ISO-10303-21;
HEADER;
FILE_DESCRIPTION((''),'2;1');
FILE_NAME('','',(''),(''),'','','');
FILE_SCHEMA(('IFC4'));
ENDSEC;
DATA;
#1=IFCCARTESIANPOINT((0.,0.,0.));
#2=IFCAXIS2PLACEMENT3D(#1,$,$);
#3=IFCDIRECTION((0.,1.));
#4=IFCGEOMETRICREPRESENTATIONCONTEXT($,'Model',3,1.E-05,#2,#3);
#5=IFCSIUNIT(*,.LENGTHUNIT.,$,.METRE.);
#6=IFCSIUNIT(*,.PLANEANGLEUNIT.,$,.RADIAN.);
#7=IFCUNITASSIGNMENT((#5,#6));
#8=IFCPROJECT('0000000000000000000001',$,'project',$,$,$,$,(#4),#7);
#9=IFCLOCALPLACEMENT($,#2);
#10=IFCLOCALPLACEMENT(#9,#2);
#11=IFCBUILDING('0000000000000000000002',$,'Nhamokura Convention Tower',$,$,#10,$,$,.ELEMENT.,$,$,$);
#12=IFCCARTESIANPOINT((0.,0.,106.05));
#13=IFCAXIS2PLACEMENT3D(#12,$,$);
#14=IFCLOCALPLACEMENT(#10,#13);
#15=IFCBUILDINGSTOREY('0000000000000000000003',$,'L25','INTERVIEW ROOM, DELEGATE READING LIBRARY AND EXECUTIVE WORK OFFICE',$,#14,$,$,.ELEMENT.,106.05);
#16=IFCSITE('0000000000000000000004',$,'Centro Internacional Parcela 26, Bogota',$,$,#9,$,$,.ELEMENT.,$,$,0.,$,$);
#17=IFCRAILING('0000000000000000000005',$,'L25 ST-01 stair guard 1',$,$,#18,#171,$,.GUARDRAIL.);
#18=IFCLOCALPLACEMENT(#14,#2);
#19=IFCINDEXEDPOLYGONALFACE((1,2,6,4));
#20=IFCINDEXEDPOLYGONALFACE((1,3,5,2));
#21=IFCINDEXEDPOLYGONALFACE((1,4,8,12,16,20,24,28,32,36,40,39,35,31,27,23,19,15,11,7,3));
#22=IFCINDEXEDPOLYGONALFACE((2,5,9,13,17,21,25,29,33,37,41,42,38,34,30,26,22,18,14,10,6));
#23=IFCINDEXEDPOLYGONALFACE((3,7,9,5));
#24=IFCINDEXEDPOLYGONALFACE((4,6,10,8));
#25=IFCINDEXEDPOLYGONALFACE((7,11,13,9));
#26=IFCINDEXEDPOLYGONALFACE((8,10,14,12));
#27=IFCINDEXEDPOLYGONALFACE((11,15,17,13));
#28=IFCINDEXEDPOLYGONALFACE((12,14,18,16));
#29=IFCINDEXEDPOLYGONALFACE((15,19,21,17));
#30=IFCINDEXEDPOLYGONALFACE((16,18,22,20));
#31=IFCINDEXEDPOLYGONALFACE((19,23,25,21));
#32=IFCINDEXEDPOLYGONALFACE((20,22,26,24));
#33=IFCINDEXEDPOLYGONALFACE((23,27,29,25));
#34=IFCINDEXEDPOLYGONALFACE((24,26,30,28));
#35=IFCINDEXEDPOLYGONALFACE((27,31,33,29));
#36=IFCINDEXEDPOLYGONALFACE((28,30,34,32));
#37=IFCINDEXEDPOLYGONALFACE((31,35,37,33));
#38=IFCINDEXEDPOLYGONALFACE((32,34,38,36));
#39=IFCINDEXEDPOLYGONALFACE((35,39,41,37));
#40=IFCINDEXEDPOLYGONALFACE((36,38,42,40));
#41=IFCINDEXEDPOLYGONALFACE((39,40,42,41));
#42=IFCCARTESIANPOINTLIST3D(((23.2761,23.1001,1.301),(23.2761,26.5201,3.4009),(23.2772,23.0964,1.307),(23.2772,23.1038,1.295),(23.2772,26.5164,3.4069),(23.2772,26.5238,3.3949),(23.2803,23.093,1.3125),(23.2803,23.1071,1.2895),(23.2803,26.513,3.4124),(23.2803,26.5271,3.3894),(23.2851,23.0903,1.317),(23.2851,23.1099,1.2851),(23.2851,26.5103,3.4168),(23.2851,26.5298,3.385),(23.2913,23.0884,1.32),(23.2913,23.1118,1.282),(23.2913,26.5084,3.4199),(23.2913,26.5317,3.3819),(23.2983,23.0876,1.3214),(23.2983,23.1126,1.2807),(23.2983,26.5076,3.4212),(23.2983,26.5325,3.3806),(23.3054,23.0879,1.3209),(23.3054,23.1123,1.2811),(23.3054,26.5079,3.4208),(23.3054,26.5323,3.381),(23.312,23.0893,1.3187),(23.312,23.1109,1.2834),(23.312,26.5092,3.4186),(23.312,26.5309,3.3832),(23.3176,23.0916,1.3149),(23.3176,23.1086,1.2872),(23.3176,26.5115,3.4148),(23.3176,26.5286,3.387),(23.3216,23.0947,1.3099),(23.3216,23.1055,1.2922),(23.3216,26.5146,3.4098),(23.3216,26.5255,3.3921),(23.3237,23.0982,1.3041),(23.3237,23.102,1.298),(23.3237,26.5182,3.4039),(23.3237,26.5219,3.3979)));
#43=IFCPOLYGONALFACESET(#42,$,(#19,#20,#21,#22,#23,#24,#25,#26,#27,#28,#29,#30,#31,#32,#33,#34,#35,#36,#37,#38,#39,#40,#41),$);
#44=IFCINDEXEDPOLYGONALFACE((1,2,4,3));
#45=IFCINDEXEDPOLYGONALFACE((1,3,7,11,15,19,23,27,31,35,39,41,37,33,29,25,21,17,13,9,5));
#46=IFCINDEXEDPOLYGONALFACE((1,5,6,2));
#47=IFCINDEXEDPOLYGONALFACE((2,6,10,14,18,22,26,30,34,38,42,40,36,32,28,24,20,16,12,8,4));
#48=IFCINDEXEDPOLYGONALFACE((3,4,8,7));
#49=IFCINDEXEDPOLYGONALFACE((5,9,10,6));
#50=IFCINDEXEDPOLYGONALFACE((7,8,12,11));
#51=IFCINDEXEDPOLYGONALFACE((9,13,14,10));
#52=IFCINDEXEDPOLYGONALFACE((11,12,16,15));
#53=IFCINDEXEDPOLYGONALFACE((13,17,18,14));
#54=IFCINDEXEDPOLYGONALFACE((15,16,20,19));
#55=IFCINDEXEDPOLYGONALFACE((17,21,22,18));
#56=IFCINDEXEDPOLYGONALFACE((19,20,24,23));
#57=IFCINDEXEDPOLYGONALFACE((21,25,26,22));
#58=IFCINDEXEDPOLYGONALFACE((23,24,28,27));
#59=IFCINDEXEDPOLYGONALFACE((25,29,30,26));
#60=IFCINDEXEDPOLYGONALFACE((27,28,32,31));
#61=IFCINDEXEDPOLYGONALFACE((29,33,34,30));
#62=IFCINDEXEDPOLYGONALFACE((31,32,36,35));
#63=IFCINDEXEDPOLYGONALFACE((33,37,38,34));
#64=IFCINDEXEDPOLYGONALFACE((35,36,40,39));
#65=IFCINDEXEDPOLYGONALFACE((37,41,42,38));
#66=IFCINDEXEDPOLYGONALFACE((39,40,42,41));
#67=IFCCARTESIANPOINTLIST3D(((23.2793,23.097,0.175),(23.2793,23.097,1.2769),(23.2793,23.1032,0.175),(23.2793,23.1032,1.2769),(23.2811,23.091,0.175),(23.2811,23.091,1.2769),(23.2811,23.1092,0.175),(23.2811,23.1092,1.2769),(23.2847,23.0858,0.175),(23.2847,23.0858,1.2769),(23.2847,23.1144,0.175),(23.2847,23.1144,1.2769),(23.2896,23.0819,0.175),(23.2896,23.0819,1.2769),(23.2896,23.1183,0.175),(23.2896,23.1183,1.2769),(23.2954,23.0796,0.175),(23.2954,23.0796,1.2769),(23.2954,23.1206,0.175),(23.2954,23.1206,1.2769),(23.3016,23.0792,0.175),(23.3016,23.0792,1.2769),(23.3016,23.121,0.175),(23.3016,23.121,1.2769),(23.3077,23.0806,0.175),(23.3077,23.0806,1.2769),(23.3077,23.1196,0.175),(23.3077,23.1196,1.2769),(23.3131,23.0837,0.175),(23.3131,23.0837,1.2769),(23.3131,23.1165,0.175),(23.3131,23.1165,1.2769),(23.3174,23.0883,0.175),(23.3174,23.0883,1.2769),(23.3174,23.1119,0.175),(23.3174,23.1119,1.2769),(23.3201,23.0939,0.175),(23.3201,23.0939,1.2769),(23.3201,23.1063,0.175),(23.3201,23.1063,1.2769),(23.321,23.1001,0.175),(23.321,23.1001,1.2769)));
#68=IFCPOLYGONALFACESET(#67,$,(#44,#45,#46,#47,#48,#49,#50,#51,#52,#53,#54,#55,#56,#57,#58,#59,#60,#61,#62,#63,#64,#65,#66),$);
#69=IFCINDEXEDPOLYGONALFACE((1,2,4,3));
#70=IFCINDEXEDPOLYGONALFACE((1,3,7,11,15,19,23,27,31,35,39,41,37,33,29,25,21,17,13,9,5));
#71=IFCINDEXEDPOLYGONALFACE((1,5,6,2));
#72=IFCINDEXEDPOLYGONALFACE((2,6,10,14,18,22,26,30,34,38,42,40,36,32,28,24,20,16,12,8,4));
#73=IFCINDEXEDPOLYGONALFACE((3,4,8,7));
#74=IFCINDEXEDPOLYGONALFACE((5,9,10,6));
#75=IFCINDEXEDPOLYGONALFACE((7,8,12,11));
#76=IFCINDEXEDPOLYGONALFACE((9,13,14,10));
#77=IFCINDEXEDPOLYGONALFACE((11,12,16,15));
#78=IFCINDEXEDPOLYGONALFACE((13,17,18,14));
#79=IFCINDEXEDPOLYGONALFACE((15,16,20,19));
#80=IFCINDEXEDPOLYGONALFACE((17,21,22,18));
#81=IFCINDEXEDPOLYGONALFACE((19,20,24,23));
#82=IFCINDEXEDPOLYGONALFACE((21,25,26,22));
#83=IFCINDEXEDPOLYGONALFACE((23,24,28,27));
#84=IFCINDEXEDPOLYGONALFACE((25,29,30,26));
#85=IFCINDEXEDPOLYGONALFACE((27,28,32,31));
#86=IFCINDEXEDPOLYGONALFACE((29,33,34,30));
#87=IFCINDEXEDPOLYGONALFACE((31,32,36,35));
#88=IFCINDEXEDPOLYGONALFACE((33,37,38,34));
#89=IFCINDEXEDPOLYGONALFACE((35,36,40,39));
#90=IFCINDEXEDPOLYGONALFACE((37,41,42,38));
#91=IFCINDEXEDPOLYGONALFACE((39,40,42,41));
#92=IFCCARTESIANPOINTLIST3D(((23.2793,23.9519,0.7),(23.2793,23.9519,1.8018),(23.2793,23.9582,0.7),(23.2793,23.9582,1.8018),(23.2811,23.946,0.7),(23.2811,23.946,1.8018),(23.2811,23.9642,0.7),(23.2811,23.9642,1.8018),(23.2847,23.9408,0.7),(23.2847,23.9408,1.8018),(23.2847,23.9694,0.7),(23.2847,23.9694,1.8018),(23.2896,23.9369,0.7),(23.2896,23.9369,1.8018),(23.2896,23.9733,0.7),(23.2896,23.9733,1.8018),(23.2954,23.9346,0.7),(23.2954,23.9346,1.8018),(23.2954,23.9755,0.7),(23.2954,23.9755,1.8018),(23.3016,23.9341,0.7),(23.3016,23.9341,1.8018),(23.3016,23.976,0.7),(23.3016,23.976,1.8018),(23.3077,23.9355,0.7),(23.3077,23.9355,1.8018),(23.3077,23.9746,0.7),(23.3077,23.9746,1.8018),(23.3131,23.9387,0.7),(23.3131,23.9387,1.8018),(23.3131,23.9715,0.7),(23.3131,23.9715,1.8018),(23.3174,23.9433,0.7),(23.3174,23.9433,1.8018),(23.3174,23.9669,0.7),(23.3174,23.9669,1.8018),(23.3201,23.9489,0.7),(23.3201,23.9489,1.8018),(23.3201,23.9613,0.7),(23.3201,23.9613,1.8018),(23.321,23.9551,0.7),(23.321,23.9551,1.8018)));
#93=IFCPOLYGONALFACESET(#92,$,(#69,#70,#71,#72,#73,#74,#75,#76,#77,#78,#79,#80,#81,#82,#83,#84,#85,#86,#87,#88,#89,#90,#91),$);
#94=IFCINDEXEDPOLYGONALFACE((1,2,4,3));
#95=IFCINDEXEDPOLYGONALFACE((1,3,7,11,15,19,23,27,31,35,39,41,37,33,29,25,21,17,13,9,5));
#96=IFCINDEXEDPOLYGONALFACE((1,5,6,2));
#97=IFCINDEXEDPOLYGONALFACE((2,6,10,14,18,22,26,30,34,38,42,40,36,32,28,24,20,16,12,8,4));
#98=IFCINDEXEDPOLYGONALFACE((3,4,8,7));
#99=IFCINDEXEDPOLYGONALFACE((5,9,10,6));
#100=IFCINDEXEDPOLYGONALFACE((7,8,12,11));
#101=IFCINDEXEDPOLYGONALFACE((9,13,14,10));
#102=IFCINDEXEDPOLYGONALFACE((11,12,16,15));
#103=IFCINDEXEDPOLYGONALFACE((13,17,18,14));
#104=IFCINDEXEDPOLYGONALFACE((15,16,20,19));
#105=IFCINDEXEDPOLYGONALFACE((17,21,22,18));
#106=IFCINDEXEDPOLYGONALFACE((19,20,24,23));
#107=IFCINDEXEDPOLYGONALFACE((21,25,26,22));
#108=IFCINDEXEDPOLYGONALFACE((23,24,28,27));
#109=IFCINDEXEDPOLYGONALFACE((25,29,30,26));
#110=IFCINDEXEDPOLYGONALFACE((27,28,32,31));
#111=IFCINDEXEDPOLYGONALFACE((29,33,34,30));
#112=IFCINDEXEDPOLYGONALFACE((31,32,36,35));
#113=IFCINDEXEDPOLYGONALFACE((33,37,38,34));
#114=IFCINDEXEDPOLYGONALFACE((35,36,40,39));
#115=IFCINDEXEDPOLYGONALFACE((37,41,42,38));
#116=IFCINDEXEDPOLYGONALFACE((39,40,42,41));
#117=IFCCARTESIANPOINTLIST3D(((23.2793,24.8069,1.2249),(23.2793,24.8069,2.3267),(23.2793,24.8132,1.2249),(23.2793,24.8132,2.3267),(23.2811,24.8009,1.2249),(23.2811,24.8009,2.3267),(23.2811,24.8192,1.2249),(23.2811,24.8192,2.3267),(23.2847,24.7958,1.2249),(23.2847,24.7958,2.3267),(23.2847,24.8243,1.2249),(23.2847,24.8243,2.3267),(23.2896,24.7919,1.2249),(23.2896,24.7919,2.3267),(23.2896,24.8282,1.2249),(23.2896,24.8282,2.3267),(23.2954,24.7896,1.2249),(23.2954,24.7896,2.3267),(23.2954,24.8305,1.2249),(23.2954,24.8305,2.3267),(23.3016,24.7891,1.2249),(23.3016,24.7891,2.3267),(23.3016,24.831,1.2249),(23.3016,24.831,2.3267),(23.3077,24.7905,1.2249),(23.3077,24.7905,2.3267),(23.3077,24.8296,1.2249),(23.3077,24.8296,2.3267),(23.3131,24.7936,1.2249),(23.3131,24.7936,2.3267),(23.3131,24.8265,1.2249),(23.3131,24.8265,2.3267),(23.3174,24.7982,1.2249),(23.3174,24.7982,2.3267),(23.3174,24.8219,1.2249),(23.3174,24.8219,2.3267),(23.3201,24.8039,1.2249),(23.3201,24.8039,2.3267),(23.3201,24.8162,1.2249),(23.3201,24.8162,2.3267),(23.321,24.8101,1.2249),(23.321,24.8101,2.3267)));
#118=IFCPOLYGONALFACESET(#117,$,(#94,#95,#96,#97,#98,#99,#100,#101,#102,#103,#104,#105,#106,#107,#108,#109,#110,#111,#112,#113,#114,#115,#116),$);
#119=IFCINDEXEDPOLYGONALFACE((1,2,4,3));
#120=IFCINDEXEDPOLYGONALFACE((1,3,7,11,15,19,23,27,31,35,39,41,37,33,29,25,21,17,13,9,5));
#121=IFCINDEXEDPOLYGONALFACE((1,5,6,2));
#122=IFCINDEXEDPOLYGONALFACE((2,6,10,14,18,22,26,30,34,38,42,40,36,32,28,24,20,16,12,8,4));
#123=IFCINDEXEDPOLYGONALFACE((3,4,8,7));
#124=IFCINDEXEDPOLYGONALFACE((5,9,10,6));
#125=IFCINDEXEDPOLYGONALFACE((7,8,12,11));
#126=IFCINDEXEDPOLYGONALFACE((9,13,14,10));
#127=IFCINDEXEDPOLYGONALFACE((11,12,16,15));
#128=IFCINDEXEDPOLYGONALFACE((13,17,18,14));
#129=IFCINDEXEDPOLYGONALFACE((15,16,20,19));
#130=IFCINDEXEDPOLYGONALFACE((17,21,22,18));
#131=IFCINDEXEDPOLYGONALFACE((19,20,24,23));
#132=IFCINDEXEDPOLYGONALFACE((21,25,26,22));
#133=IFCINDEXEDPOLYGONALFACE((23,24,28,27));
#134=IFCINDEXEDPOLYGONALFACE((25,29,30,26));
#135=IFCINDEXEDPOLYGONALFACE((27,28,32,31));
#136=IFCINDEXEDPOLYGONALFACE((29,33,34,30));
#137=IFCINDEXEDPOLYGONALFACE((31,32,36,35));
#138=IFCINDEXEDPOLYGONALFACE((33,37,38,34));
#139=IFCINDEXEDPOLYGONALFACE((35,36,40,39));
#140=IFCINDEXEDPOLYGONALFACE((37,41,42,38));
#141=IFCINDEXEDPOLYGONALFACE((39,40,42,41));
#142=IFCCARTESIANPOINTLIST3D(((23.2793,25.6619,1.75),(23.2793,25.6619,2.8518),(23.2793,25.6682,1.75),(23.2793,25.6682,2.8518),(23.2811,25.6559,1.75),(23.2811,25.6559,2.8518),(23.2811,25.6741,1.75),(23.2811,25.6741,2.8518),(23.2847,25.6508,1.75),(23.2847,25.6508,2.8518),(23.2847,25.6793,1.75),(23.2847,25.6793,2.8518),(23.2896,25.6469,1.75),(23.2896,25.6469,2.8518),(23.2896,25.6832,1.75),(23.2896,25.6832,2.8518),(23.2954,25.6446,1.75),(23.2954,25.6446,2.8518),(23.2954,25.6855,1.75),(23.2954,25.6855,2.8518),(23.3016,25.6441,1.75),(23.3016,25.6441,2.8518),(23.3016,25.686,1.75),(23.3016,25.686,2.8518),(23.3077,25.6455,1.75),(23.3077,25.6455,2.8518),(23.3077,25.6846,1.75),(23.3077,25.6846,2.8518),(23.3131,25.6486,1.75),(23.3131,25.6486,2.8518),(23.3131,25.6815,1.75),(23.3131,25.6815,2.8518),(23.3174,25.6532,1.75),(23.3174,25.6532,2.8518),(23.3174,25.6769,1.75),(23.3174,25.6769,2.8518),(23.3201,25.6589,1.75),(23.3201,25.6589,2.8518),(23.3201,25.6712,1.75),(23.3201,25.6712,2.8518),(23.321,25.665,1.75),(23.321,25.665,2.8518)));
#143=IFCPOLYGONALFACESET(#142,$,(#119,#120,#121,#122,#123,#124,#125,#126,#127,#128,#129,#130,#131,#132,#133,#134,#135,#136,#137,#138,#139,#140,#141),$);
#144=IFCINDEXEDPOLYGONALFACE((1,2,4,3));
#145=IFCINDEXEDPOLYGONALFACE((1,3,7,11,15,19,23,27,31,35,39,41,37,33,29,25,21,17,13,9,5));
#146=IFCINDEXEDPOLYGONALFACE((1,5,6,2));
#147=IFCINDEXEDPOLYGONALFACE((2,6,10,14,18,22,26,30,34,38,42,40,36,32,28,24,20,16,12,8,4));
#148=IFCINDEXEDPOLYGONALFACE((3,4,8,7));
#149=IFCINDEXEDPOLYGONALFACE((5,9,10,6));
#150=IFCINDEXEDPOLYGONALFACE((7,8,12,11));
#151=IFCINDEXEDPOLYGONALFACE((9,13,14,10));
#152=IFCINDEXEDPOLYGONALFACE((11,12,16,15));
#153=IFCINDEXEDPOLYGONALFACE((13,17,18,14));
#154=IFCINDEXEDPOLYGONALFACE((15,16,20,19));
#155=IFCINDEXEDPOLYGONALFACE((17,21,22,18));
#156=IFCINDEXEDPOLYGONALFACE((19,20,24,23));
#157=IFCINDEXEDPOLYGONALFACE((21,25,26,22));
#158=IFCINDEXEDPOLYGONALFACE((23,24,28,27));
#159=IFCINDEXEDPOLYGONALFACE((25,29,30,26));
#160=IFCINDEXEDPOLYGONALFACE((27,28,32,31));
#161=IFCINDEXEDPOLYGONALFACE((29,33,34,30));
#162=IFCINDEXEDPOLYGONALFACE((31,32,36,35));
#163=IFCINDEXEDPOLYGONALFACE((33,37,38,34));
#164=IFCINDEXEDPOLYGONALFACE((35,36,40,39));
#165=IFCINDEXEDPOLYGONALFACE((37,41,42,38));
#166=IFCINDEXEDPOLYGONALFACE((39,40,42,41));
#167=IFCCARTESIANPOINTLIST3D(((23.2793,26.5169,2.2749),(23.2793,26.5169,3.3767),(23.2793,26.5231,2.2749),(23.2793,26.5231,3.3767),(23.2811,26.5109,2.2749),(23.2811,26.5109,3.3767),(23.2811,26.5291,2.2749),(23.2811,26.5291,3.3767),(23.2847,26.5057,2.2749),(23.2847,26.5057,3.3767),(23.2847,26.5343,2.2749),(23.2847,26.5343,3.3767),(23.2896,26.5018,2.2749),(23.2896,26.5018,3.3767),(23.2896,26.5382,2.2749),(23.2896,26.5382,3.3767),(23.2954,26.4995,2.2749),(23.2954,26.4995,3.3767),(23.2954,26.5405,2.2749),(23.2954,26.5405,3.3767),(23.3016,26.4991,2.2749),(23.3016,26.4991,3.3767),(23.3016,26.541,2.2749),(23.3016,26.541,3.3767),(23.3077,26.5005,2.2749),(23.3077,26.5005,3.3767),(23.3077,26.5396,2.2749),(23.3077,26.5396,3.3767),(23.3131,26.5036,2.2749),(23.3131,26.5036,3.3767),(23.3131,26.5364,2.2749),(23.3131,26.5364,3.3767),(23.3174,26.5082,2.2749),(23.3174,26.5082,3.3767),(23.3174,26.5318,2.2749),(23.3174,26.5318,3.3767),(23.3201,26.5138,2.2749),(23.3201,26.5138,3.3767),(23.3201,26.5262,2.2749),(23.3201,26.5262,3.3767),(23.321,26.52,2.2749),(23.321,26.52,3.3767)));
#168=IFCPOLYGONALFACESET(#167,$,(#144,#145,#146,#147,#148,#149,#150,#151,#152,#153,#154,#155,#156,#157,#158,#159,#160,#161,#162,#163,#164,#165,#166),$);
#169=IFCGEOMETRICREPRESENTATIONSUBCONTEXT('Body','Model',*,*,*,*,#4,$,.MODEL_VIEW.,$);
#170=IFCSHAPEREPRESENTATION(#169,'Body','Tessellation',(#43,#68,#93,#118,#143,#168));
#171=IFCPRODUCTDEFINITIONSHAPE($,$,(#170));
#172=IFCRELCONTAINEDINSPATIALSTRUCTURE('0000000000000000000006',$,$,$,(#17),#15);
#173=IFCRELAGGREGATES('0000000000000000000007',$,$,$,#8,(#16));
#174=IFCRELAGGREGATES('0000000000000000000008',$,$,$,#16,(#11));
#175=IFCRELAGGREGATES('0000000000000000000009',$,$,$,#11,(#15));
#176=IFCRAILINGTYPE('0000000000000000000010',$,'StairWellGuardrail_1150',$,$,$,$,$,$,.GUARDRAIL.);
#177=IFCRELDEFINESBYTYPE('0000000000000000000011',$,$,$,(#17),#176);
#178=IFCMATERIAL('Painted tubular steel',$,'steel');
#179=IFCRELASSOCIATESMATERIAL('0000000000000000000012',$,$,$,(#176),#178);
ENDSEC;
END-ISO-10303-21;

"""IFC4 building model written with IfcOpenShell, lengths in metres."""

from ifc_helpers import new_model, si_unit, direction, frame, origin, origin_2d, place, context, subcontext, project, spatial, circle, extrude, material, type_object, element, save


model = new_model("IFC4")

# Units and contexts
model_context = context("Model", 3, precision=1e-05, world=origin(), true_north=direction((0.0, 1.0)))
body_context = subcontext(model_context, "Body", "Model", "MODEL_VIEW")
ifc_project = project(units=[si_unit("LENGTHUNIT", "METRE"), si_unit("PLANEANGLEUNIT", "RADIAN")], contexts=[model_context])

# Site, building, storey
site_placement = place(None, origin())
site = spatial("IfcSite", under=ifc_project, at=site_placement, Name="Centro Internacional Parcela 26, Bogota", CompositionType="ELEMENT", RefElevation=0.0)
building_placement = place(site_placement, origin())
building = spatial("IfcBuilding", under=site, at=building_placement, Name="Nhamokura Convention Tower", CompositionType="ELEMENT")
storey_placement = place(building_placement, frame((0.0, 0.0, 106.05)))
storey = spatial("IfcBuildingStorey", under=building, at=storey_placement, Name="L25", Description="INTERVIEW ROOM, DELEGATE READING LIBRARY AND EXECUTIVE WORK OFFICE", CompositionType="ELEMENT", Elevation=106.05)

# Railing
ifc_material_1 = material(Name="Painted tubular steel", Category="steel")
railing_type_1 = type_object("IfcRailingType", Name="StairWellGuardrail_1150", PredefinedType="GUARDRAIL", material=ifc_material_1)
railing_1_placement = place(storey_placement, frame((23.3, 23.1001, 0.175)))
element("IfcRailing", 1, at=railing_1_placement, inside=storey, type_object=railing_type_1, Name="L25 ST-01 stair guard 1", PredefinedType="GUARDRAIL", context=body_context, shape_type="SweptSolid", body=[
    extrude(circle(Radius=0.0239, at=origin_2d()), frame((0.0, 0.0, 1.126), z_axis=(0.0, 0.852182, 0.523245), x_axis=(-1.0, 0.0, 0.0)), (0.0, 0.0, 1.0), 4.0132),
    extrude(circle(Radius=0.021, at=origin_2d()), origin(), (0.0, 0.0, 1.0), 1.1018),
    extrude(circle(Radius=0.021, at=origin_2d()), frame((0.0, 0.855, 0.5249)), (0.0, 0.0, 1.0), 1.1018),
    extrude(circle(Radius=0.021, at=origin_2d()), frame((0.0, 1.71, 1.0498)), (0.0, 0.0, 1.0), 1.1018),
    extrude(circle(Radius=0.021, at=origin_2d()), frame((0.0, 2.5649, 1.575)), (0.0, 0.0, 1.0), 1.1018),
    extrude(circle(Radius=0.021, at=origin_2d()), frame((0.0, 3.4199, 2.0999)), (0.0, 0.0, 1.0), 1.1018),
])

save(model, "model.ifc")
